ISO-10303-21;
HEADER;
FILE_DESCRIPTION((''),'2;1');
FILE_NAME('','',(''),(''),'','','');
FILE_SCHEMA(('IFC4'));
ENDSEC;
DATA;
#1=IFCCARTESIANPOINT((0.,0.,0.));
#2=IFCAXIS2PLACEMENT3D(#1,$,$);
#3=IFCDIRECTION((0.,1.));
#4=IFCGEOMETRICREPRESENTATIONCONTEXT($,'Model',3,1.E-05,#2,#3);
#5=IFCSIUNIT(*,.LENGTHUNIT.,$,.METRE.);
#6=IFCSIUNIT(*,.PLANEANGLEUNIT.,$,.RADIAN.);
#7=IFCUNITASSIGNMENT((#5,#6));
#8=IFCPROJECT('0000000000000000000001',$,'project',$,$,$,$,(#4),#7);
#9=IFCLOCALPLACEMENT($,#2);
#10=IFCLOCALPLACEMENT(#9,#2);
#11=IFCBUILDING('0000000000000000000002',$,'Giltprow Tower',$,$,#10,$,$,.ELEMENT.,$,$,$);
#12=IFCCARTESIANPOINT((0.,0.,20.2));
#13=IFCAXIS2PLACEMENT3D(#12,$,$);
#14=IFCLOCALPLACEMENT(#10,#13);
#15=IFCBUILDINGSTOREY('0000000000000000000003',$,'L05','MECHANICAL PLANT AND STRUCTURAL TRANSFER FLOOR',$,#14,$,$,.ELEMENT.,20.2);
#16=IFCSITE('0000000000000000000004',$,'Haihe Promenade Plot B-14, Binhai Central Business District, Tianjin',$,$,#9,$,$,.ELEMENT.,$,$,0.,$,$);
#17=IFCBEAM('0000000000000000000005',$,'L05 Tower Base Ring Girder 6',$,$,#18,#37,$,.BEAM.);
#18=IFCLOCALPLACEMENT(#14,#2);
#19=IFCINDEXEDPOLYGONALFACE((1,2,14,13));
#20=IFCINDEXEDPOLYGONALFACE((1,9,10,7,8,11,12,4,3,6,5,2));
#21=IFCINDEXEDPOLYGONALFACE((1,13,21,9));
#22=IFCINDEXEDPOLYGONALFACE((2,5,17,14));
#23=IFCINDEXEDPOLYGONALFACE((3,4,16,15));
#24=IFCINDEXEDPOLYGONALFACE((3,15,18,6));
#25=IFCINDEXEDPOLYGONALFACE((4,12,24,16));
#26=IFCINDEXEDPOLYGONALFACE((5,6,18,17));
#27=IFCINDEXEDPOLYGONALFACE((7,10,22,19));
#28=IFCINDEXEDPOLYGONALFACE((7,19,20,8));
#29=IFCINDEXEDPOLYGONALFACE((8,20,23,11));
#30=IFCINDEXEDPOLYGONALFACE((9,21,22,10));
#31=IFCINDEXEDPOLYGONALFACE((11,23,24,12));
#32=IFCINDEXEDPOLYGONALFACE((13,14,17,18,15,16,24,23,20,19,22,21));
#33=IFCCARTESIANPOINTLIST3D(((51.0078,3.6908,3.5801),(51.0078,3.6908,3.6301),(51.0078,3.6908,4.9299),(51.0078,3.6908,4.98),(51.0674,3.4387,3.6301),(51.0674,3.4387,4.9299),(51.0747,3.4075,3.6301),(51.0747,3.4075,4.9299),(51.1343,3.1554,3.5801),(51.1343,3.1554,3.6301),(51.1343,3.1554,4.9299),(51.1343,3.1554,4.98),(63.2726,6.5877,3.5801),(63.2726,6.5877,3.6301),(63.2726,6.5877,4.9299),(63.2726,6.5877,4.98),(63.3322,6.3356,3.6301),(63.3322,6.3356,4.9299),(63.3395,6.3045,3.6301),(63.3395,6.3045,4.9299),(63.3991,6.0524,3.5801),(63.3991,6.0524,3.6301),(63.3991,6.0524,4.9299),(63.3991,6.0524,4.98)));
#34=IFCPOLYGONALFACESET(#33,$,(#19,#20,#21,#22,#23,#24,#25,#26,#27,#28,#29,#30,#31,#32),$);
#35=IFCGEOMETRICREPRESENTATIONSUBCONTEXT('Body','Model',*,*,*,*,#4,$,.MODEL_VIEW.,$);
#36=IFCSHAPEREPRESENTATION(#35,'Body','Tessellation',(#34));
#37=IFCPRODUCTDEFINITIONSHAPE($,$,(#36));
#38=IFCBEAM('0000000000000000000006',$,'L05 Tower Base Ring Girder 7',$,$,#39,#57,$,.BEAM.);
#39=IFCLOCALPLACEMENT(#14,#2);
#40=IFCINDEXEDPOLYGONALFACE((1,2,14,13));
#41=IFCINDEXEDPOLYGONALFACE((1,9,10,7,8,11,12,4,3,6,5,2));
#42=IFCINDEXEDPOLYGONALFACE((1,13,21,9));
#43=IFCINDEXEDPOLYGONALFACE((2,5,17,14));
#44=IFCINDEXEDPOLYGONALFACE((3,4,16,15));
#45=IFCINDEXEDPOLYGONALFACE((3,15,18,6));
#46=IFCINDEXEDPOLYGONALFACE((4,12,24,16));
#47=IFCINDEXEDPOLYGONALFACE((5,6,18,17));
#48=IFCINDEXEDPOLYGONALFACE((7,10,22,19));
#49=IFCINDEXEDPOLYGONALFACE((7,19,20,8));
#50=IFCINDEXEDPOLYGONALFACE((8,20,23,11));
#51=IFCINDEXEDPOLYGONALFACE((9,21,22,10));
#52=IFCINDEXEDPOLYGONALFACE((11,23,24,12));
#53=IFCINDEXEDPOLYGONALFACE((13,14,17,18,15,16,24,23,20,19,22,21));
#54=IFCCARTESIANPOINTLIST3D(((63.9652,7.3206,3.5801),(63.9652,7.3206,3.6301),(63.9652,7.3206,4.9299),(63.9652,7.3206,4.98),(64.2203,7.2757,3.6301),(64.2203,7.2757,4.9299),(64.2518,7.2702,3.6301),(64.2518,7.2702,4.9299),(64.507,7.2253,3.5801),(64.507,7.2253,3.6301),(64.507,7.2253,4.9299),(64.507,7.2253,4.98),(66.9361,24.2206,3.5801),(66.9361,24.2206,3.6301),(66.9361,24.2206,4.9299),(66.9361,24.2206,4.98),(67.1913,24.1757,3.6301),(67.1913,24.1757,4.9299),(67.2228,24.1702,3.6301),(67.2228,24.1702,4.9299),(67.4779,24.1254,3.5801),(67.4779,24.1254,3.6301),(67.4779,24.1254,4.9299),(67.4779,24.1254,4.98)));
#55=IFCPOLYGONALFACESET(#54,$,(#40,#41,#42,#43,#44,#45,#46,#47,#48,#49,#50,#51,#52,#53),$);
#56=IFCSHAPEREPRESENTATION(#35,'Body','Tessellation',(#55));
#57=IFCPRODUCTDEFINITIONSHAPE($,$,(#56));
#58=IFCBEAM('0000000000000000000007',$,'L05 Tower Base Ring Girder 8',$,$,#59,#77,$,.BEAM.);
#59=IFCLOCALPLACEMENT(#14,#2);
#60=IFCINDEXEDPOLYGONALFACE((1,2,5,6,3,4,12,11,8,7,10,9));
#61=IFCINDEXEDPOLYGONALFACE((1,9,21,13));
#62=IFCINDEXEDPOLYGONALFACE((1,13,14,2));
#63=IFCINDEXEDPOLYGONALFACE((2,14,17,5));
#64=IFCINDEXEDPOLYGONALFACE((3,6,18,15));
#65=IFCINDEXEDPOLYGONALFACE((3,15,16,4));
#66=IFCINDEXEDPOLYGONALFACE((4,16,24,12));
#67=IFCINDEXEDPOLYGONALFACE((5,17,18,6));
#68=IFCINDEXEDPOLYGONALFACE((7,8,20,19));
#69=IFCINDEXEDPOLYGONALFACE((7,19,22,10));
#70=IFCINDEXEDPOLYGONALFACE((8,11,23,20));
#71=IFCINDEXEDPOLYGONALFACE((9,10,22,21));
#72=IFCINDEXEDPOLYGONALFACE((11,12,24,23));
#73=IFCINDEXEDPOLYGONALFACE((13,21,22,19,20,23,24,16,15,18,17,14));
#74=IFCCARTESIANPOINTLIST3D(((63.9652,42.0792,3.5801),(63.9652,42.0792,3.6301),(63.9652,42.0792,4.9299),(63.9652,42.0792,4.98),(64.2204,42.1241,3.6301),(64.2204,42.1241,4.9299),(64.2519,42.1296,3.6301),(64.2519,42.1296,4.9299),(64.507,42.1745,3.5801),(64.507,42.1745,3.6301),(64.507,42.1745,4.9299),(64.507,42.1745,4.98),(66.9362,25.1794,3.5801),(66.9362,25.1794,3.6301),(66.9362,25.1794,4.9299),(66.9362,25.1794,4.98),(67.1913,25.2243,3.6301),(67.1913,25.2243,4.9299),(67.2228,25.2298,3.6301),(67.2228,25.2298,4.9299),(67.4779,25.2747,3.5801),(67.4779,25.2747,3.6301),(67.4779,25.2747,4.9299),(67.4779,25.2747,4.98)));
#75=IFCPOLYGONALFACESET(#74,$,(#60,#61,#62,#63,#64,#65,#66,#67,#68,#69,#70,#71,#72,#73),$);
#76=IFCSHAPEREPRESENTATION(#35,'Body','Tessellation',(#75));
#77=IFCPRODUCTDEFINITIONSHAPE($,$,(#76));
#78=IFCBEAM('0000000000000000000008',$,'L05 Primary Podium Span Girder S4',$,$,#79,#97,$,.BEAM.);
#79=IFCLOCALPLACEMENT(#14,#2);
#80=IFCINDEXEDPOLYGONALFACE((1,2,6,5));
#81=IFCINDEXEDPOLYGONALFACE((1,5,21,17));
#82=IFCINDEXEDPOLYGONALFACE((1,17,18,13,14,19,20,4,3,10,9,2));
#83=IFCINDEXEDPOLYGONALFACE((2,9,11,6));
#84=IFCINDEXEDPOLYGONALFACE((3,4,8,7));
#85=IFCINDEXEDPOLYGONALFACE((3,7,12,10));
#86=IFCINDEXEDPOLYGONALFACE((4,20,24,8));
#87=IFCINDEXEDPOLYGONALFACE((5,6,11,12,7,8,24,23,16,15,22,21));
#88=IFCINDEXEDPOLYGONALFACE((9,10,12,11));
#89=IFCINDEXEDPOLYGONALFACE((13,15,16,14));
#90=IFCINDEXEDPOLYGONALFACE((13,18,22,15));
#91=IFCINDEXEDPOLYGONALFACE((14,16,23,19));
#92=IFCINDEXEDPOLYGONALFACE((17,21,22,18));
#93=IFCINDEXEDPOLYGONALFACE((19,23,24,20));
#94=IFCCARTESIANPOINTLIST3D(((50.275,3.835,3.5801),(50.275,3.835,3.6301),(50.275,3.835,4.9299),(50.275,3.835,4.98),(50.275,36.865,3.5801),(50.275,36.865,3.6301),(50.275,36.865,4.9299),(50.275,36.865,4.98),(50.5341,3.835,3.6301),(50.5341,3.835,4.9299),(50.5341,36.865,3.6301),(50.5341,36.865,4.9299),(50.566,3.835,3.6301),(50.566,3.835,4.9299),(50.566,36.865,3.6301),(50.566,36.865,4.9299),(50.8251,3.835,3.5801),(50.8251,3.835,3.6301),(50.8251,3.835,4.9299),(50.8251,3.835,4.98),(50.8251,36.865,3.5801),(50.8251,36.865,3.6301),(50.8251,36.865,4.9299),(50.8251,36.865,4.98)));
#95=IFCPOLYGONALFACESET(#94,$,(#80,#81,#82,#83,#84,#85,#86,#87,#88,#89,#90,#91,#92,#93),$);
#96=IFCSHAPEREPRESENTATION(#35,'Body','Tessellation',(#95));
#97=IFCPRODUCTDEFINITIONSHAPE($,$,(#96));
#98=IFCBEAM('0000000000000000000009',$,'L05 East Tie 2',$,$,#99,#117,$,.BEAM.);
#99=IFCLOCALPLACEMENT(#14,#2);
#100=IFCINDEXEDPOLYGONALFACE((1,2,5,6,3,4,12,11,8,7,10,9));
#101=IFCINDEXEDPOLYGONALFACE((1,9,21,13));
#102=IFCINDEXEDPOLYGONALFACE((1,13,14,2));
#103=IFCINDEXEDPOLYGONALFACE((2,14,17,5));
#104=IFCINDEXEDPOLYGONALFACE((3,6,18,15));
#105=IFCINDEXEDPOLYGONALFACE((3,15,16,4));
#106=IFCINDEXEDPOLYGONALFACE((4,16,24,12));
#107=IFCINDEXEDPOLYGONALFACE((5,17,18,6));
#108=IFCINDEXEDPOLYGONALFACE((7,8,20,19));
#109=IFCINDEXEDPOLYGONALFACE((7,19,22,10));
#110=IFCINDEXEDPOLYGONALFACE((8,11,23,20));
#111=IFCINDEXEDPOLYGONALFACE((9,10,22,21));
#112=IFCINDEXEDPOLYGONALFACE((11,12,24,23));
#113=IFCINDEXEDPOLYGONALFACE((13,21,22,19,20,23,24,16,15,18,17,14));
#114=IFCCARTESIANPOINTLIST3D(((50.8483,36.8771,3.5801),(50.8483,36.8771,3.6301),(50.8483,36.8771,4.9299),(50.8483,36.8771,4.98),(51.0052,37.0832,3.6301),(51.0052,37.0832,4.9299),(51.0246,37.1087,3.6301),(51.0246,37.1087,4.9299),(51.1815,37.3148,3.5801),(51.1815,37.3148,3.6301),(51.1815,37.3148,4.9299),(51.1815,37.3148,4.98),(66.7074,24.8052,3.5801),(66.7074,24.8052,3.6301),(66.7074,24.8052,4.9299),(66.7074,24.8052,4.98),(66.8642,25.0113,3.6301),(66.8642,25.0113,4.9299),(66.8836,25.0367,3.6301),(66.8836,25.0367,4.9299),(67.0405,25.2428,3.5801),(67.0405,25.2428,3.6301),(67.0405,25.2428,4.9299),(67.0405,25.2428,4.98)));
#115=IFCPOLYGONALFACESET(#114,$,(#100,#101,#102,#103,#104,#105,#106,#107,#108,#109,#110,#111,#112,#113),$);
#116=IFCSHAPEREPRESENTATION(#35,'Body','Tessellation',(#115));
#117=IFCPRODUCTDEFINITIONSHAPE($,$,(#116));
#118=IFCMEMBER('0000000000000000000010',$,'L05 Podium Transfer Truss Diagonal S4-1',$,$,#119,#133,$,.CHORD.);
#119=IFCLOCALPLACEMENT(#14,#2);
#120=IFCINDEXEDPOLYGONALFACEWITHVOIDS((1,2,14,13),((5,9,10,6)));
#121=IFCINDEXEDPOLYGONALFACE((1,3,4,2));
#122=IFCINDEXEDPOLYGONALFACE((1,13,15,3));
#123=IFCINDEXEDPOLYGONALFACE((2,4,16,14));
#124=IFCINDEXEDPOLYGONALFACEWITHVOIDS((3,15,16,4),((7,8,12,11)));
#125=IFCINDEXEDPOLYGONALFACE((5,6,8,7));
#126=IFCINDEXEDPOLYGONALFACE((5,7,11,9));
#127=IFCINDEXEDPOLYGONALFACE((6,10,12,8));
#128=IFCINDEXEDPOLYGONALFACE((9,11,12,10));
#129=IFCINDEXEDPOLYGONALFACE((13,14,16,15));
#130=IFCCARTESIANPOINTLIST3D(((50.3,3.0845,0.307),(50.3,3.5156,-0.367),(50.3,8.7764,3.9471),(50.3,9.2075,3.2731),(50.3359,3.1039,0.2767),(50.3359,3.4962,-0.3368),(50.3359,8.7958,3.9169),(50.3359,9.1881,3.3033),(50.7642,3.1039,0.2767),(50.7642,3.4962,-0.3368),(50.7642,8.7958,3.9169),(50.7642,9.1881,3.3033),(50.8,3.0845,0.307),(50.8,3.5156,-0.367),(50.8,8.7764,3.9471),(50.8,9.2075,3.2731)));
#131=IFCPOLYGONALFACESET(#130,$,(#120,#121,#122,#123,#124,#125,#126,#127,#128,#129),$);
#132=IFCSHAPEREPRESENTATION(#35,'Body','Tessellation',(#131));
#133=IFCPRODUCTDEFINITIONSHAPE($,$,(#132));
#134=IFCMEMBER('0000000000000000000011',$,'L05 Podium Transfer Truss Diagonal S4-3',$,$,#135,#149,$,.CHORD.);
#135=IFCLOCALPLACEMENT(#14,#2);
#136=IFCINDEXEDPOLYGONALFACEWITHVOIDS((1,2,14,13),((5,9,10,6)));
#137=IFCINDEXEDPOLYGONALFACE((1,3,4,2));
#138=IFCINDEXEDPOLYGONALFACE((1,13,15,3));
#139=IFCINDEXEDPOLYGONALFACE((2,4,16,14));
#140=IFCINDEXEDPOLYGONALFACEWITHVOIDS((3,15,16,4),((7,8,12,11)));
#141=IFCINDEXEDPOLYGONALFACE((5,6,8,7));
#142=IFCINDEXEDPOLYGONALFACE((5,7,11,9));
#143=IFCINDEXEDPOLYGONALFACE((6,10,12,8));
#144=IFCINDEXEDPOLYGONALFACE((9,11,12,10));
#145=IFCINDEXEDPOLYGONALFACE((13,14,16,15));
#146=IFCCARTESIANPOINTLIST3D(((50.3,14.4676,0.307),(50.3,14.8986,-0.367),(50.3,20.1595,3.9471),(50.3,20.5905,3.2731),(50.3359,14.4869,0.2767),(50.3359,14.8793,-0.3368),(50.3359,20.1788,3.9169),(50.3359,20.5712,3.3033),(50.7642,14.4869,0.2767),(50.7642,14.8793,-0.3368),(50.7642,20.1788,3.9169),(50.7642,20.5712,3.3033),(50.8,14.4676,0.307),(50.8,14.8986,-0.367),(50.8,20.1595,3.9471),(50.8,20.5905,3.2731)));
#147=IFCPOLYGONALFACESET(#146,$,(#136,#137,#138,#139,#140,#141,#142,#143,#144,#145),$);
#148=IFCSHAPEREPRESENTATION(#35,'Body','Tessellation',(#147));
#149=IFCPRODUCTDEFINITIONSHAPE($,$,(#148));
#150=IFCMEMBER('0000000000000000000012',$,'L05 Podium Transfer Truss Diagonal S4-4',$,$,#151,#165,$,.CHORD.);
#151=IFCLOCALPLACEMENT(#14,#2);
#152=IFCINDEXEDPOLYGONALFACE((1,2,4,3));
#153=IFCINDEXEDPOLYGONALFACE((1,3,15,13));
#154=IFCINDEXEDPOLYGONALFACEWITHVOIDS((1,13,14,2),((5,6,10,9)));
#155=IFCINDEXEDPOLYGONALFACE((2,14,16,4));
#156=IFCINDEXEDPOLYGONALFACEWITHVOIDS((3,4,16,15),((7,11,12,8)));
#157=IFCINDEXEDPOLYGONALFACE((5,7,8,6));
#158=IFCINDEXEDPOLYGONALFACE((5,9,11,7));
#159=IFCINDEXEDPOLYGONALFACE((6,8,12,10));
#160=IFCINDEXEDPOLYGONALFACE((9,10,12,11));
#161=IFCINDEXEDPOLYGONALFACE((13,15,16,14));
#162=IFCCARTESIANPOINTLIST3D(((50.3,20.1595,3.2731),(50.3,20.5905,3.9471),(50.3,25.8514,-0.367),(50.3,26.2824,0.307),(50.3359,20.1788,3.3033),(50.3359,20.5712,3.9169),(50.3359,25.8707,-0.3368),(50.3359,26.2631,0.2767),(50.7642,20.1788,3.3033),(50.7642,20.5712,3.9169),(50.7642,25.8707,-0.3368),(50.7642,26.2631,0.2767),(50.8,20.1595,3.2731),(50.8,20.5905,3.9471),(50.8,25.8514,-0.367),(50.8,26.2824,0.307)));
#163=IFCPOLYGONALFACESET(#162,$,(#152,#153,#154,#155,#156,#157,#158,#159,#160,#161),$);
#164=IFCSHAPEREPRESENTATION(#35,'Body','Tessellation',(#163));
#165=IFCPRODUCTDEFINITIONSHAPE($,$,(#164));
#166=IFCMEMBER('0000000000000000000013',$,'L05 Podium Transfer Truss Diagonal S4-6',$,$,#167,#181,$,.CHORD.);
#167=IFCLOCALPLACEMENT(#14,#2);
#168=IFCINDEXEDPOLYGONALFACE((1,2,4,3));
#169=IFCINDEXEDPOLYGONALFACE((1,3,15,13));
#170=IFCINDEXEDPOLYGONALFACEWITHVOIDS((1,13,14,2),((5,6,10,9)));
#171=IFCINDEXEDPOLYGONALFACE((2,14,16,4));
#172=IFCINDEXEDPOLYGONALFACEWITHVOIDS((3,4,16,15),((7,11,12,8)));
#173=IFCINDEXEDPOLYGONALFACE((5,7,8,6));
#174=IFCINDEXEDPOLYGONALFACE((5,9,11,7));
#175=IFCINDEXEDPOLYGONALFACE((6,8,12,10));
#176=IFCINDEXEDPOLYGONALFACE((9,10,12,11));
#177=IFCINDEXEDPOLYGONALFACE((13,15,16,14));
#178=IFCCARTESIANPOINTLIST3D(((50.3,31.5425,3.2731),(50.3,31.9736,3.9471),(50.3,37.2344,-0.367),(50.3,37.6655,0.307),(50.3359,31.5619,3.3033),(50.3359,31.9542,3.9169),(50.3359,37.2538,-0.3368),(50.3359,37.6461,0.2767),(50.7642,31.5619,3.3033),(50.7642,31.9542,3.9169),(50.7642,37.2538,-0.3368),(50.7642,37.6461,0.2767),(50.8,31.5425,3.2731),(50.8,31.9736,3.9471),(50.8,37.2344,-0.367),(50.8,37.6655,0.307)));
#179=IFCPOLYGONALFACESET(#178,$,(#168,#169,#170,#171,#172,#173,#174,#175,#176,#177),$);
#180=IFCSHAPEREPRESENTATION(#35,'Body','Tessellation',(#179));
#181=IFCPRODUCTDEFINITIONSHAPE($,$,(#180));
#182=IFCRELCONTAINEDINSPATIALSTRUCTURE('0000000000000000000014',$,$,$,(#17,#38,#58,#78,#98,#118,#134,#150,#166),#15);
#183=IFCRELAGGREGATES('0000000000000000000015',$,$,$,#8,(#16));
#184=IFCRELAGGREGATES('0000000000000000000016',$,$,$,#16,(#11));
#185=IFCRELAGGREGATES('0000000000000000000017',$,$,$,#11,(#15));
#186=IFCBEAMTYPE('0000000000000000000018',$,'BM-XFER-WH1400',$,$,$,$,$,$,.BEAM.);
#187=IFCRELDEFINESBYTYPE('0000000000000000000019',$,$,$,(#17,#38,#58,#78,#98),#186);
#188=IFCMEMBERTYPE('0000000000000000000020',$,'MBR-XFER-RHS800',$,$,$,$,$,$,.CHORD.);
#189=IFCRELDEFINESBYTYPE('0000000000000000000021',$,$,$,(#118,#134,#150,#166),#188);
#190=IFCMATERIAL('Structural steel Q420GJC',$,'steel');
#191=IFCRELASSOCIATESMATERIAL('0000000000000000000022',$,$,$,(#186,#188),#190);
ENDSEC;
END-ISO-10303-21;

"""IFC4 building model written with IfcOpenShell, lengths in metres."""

from ifc_helpers import new_model, si_unit, direction, frame, origin, origin_2d, place, context, subcontext, project, spatial, hollow_rectangle, i_section, extrude, source, transform, mapped, material, material_profile, profile_set, type_object, element, save


model = new_model("IFC4")

# Units and contexts
model_context = context("Model", 3, precision=1e-05, world=origin(), true_north=direction((0.0, 1.0)))
body_context = subcontext(model_context, "Body", "Model", "MODEL_VIEW")
ifc_project = project(units=[si_unit("LENGTHUNIT", "METRE"), si_unit("PLANEANGLEUNIT", "RADIAN")], contexts=[model_context])

# Site, building, storey
site_placement = place(None, origin())
site = spatial("IfcSite", under=ifc_project, at=site_placement, Name="Haihe Promenade Plot B-14, Binhai Central Business District, Tianjin", CompositionType="ELEMENT", RefElevation=0.0)
building_placement = place(site_placement, origin())
building = spatial("IfcBuilding", under=site, at=building_placement, Name="Giltprow Tower", CompositionType="ELEMENT")
storey_placement = place(building_placement, frame((0.0, 0.0, 20.2)))
storey = spatial("IfcBuildingStorey", under=building, at=storey_placement, Name="L05", Description="MECHANICAL PLANT AND STRUCTURAL TRANSFER FLOOR", CompositionType="ELEMENT", Elevation=20.2)

# Shared definitions
ifc_material_1 = material(Name="Structural steel Q420GJC", Category="steel")

# Beams
ifc_material_profile_1 = material_profile(ifc_material_1, i_section(OverallWidth=0.55, OverallDepth=1.3999, WebThickness=0.032, FlangeThickness=0.05, at=origin_2d()), Name="WH 1400x550x32x50")
ifc_profile_set_1 = profile_set([ifc_material_profile_1], Name="Structural steel Q420GJC")
beam_type_1 = type_object("IfcBeamType", Name="BM-XFER-WH1400", PredefinedType="BEAM", material=ifc_profile_set_1)
shared_shape_1 = source(origin(), body_context, "Body", "SweptSolid", [
    extrude(i_section(OverallWidth=0.55, OverallDepth=1.3999, WebThickness=0.032, FlangeThickness=0.05, at=origin_2d()), origin(), (0.0, 0.0, 1.0), 12.6023),
])
beam_1_placement = place(storey_placement, frame((51.071, 3.4231, 4.28), z_axis=(0.97322, 0.229875, 0.0), x_axis=(-0.229875, 0.97322, 0.0)))
element("IfcBeam", 1, at=beam_1_placement, inside=storey, type_object=beam_type_1, Name="L05 Tower Base Ring Girder 6", PredefinedType="BEAM", context=body_context, shape_type="MappedRepresentation", body=[
    mapped(shared_shape_1, transform((0.0, 0.0, 0.0), x_axis=(1.0, 0.0, 0.0), y_axis=(0.0, 1.0, 0.0), z_axis=(0.0, 0.0, 1.0), scale=1.0)),
])
shared_shape_2 = source(origin(), body_context, "Body", "SweptSolid", [
    extrude(i_section(OverallWidth=0.55, OverallDepth=1.3999, WebThickness=0.032, FlangeThickness=0.05, at=origin_2d()), origin(), (0.0, 0.0, 1.0), 17.1592),
])
beam_2_placement = place(storey_placement, frame((64.2361, 7.2729, 4.28), z_axis=(0.173139, 0.984897, 0.0), x_axis=(-0.984897, 0.173139, 0.0)))
element("IfcBeam", 2, at=beam_2_placement, inside=storey, type_object=beam_type_1, Name="L05 Tower Base Ring Girder 7", PredefinedType="BEAM", context=body_context, shape_type="MappedRepresentation", body=[
    mapped(shared_shape_2, transform((0.0, 0.0, 0.0), x_axis=(1.0, 0.0, 0.0), y_axis=(0.0, 1.0, 0.0), z_axis=(0.0, 0.0, 1.0), scale=1.0)),
])
shared_shape_3 = source(origin(), body_context, "Body", "SweptSolid", [
    extrude(i_section(OverallWidth=0.55, OverallDepth=1.3999, WebThickness=0.032, FlangeThickness=0.05, at=origin_2d()), origin(), (0.0, 0.0, 1.0), 17.1589),
])
beam_3_placement = place(storey_placement, frame((67.207, 25.2271, 4.28), z_axis=(-0.173142, 0.984897, 0.0), x_axis=(-0.984897, -0.173142, 0.0)))
element("IfcBeam", 3, at=beam_3_placement, inside=storey, type_object=beam_type_1, Name="L05 Tower Base Ring Girder 8", PredefinedType="BEAM", context=body_context, shape_type="MappedRepresentation", body=[
    mapped(shared_shape_3, transform((0.0, 0.0, 0.0), x_axis=(1.0, 0.0, 0.0), y_axis=(0.0, 1.0, 0.0), z_axis=(0.0, 0.0, 1.0), scale=1.0)),
])
shared_shape_4 = source(origin(), body_context, "Body", "SweptSolid", [
    extrude(i_section(OverallWidth=0.55, OverallDepth=1.3999, WebThickness=0.032, FlangeThickness=0.05, at=origin_2d()), origin(), (0.0, 0.0, 1.0), 33.03),
])
beam_4_placement = place(storey_placement, frame((50.55, 3.835, 4.28), z_axis=(0.0, 1.0, 0.0), x_axis=(-1.0, 0.0, 0.0)))
element("IfcBeam", 4, at=beam_4_placement, inside=storey, type_object=beam_type_1, Name="L05 Primary Podium Span Girder S4", PredefinedType="BEAM", context=body_context, shape_type="MappedRepresentation", body=[
    mapped(shared_shape_4, transform((0.0, 0.0, 0.0), x_axis=(1.0, 0.0, 0.0), y_axis=(0.0, 1.0, 0.0), z_axis=(0.0, 0.0, 1.0), scale=1.0)),
])
shared_shape_5 = source(origin(), body_context, "Body", "SweptSolid", [
    extrude(i_section(OverallWidth=0.55, OverallDepth=1.3999, WebThickness=0.032, FlangeThickness=0.05, at=origin_2d()), origin(), (0.0, 0.0, 1.0), 19.9309),
])
beam_5_placement = place(storey_placement, frame((51.0149, 37.0959, 4.28), z_axis=(0.795701, -0.60569, 0.0), x_axis=(0.60569, 0.795701, 0.0)))
element("IfcBeam", 5, at=beam_5_placement, inside=storey, type_object=beam_type_1, Name="L05 East Tie 2", PredefinedType="BEAM", context=body_context, shape_type="MappedRepresentation", body=[
    mapped(shared_shape_5, transform((0.0, 0.0, 0.0), x_axis=(1.0, 0.0, 0.0), y_axis=(0.0, 1.0, 0.0), z_axis=(0.0, 0.0, 1.0), scale=1.0)),
])

# Members
ifc_material_profile_2 = material_profile(ifc_material_1, hollow_rectangle(XDim=0.5, YDim=0.8, WallThickness=0.0359, at=origin_2d()), Name="RHS 800x500x36")
ifc_profile_set_2 = profile_set([ifc_material_profile_2], Name="Structural steel Q420GJC")
member_type = type_object("IfcMemberType", Name="MBR-XFER-RHS800", PredefinedType="CHORD", material=ifc_profile_set_2)
shared_shape_6 = source(origin(), body_context, "Body", "SweptSolid", [
    extrude(hollow_rectangle(XDim=0.5, YDim=0.8, WallThickness=0.0359, at=origin_2d()), origin(), (0.0, 0.0, 1.0), 6.7563),
])
for number, where, z_axis, x_axis, name in (
    (6, (50.55, 3.3, -0.03), (0.0, 0.842451, 0.538773), (-1.0, 0.0, 0.0), "L05 Podium Transfer Truss Diagonal S4-1"),
    (7, (50.55, 14.6831, -0.03), (0.0, 0.842451, 0.538773), (-1.0, 0.0, 0.0), "L05 Podium Transfer Truss Diagonal S4-3"),
    (8, (50.55, 20.375, 3.6101), (0.0, 0.842451, -0.538773), (-1.0, 0.0, 0.0), "L05 Podium Transfer Truss Diagonal S4-4"),
    (9, (50.55, 31.7581, 3.6101), (0.0, 0.842451, -0.538773), (-1.0, 0.0, 0.0), "L05 Podium Transfer Truss Diagonal S4-6"),
):
    element("IfcMember", number, at=place(storey_placement, frame(where, z_axis=z_axis, x_axis=x_axis)), inside=storey, type_object=member_type, Name=name, PredefinedType="CHORD", context=body_context, shape_type="MappedRepresentation", body=[
        mapped(shared_shape_6, transform((0.0, 0.0, 0.0), x_axis=(1.0, 0.0, 0.0), y_axis=(0.0, 1.0, 0.0), z_axis=(0.0, 0.0, 1.0), scale=1.0)),
    ])

save(model, "model.ifc")
